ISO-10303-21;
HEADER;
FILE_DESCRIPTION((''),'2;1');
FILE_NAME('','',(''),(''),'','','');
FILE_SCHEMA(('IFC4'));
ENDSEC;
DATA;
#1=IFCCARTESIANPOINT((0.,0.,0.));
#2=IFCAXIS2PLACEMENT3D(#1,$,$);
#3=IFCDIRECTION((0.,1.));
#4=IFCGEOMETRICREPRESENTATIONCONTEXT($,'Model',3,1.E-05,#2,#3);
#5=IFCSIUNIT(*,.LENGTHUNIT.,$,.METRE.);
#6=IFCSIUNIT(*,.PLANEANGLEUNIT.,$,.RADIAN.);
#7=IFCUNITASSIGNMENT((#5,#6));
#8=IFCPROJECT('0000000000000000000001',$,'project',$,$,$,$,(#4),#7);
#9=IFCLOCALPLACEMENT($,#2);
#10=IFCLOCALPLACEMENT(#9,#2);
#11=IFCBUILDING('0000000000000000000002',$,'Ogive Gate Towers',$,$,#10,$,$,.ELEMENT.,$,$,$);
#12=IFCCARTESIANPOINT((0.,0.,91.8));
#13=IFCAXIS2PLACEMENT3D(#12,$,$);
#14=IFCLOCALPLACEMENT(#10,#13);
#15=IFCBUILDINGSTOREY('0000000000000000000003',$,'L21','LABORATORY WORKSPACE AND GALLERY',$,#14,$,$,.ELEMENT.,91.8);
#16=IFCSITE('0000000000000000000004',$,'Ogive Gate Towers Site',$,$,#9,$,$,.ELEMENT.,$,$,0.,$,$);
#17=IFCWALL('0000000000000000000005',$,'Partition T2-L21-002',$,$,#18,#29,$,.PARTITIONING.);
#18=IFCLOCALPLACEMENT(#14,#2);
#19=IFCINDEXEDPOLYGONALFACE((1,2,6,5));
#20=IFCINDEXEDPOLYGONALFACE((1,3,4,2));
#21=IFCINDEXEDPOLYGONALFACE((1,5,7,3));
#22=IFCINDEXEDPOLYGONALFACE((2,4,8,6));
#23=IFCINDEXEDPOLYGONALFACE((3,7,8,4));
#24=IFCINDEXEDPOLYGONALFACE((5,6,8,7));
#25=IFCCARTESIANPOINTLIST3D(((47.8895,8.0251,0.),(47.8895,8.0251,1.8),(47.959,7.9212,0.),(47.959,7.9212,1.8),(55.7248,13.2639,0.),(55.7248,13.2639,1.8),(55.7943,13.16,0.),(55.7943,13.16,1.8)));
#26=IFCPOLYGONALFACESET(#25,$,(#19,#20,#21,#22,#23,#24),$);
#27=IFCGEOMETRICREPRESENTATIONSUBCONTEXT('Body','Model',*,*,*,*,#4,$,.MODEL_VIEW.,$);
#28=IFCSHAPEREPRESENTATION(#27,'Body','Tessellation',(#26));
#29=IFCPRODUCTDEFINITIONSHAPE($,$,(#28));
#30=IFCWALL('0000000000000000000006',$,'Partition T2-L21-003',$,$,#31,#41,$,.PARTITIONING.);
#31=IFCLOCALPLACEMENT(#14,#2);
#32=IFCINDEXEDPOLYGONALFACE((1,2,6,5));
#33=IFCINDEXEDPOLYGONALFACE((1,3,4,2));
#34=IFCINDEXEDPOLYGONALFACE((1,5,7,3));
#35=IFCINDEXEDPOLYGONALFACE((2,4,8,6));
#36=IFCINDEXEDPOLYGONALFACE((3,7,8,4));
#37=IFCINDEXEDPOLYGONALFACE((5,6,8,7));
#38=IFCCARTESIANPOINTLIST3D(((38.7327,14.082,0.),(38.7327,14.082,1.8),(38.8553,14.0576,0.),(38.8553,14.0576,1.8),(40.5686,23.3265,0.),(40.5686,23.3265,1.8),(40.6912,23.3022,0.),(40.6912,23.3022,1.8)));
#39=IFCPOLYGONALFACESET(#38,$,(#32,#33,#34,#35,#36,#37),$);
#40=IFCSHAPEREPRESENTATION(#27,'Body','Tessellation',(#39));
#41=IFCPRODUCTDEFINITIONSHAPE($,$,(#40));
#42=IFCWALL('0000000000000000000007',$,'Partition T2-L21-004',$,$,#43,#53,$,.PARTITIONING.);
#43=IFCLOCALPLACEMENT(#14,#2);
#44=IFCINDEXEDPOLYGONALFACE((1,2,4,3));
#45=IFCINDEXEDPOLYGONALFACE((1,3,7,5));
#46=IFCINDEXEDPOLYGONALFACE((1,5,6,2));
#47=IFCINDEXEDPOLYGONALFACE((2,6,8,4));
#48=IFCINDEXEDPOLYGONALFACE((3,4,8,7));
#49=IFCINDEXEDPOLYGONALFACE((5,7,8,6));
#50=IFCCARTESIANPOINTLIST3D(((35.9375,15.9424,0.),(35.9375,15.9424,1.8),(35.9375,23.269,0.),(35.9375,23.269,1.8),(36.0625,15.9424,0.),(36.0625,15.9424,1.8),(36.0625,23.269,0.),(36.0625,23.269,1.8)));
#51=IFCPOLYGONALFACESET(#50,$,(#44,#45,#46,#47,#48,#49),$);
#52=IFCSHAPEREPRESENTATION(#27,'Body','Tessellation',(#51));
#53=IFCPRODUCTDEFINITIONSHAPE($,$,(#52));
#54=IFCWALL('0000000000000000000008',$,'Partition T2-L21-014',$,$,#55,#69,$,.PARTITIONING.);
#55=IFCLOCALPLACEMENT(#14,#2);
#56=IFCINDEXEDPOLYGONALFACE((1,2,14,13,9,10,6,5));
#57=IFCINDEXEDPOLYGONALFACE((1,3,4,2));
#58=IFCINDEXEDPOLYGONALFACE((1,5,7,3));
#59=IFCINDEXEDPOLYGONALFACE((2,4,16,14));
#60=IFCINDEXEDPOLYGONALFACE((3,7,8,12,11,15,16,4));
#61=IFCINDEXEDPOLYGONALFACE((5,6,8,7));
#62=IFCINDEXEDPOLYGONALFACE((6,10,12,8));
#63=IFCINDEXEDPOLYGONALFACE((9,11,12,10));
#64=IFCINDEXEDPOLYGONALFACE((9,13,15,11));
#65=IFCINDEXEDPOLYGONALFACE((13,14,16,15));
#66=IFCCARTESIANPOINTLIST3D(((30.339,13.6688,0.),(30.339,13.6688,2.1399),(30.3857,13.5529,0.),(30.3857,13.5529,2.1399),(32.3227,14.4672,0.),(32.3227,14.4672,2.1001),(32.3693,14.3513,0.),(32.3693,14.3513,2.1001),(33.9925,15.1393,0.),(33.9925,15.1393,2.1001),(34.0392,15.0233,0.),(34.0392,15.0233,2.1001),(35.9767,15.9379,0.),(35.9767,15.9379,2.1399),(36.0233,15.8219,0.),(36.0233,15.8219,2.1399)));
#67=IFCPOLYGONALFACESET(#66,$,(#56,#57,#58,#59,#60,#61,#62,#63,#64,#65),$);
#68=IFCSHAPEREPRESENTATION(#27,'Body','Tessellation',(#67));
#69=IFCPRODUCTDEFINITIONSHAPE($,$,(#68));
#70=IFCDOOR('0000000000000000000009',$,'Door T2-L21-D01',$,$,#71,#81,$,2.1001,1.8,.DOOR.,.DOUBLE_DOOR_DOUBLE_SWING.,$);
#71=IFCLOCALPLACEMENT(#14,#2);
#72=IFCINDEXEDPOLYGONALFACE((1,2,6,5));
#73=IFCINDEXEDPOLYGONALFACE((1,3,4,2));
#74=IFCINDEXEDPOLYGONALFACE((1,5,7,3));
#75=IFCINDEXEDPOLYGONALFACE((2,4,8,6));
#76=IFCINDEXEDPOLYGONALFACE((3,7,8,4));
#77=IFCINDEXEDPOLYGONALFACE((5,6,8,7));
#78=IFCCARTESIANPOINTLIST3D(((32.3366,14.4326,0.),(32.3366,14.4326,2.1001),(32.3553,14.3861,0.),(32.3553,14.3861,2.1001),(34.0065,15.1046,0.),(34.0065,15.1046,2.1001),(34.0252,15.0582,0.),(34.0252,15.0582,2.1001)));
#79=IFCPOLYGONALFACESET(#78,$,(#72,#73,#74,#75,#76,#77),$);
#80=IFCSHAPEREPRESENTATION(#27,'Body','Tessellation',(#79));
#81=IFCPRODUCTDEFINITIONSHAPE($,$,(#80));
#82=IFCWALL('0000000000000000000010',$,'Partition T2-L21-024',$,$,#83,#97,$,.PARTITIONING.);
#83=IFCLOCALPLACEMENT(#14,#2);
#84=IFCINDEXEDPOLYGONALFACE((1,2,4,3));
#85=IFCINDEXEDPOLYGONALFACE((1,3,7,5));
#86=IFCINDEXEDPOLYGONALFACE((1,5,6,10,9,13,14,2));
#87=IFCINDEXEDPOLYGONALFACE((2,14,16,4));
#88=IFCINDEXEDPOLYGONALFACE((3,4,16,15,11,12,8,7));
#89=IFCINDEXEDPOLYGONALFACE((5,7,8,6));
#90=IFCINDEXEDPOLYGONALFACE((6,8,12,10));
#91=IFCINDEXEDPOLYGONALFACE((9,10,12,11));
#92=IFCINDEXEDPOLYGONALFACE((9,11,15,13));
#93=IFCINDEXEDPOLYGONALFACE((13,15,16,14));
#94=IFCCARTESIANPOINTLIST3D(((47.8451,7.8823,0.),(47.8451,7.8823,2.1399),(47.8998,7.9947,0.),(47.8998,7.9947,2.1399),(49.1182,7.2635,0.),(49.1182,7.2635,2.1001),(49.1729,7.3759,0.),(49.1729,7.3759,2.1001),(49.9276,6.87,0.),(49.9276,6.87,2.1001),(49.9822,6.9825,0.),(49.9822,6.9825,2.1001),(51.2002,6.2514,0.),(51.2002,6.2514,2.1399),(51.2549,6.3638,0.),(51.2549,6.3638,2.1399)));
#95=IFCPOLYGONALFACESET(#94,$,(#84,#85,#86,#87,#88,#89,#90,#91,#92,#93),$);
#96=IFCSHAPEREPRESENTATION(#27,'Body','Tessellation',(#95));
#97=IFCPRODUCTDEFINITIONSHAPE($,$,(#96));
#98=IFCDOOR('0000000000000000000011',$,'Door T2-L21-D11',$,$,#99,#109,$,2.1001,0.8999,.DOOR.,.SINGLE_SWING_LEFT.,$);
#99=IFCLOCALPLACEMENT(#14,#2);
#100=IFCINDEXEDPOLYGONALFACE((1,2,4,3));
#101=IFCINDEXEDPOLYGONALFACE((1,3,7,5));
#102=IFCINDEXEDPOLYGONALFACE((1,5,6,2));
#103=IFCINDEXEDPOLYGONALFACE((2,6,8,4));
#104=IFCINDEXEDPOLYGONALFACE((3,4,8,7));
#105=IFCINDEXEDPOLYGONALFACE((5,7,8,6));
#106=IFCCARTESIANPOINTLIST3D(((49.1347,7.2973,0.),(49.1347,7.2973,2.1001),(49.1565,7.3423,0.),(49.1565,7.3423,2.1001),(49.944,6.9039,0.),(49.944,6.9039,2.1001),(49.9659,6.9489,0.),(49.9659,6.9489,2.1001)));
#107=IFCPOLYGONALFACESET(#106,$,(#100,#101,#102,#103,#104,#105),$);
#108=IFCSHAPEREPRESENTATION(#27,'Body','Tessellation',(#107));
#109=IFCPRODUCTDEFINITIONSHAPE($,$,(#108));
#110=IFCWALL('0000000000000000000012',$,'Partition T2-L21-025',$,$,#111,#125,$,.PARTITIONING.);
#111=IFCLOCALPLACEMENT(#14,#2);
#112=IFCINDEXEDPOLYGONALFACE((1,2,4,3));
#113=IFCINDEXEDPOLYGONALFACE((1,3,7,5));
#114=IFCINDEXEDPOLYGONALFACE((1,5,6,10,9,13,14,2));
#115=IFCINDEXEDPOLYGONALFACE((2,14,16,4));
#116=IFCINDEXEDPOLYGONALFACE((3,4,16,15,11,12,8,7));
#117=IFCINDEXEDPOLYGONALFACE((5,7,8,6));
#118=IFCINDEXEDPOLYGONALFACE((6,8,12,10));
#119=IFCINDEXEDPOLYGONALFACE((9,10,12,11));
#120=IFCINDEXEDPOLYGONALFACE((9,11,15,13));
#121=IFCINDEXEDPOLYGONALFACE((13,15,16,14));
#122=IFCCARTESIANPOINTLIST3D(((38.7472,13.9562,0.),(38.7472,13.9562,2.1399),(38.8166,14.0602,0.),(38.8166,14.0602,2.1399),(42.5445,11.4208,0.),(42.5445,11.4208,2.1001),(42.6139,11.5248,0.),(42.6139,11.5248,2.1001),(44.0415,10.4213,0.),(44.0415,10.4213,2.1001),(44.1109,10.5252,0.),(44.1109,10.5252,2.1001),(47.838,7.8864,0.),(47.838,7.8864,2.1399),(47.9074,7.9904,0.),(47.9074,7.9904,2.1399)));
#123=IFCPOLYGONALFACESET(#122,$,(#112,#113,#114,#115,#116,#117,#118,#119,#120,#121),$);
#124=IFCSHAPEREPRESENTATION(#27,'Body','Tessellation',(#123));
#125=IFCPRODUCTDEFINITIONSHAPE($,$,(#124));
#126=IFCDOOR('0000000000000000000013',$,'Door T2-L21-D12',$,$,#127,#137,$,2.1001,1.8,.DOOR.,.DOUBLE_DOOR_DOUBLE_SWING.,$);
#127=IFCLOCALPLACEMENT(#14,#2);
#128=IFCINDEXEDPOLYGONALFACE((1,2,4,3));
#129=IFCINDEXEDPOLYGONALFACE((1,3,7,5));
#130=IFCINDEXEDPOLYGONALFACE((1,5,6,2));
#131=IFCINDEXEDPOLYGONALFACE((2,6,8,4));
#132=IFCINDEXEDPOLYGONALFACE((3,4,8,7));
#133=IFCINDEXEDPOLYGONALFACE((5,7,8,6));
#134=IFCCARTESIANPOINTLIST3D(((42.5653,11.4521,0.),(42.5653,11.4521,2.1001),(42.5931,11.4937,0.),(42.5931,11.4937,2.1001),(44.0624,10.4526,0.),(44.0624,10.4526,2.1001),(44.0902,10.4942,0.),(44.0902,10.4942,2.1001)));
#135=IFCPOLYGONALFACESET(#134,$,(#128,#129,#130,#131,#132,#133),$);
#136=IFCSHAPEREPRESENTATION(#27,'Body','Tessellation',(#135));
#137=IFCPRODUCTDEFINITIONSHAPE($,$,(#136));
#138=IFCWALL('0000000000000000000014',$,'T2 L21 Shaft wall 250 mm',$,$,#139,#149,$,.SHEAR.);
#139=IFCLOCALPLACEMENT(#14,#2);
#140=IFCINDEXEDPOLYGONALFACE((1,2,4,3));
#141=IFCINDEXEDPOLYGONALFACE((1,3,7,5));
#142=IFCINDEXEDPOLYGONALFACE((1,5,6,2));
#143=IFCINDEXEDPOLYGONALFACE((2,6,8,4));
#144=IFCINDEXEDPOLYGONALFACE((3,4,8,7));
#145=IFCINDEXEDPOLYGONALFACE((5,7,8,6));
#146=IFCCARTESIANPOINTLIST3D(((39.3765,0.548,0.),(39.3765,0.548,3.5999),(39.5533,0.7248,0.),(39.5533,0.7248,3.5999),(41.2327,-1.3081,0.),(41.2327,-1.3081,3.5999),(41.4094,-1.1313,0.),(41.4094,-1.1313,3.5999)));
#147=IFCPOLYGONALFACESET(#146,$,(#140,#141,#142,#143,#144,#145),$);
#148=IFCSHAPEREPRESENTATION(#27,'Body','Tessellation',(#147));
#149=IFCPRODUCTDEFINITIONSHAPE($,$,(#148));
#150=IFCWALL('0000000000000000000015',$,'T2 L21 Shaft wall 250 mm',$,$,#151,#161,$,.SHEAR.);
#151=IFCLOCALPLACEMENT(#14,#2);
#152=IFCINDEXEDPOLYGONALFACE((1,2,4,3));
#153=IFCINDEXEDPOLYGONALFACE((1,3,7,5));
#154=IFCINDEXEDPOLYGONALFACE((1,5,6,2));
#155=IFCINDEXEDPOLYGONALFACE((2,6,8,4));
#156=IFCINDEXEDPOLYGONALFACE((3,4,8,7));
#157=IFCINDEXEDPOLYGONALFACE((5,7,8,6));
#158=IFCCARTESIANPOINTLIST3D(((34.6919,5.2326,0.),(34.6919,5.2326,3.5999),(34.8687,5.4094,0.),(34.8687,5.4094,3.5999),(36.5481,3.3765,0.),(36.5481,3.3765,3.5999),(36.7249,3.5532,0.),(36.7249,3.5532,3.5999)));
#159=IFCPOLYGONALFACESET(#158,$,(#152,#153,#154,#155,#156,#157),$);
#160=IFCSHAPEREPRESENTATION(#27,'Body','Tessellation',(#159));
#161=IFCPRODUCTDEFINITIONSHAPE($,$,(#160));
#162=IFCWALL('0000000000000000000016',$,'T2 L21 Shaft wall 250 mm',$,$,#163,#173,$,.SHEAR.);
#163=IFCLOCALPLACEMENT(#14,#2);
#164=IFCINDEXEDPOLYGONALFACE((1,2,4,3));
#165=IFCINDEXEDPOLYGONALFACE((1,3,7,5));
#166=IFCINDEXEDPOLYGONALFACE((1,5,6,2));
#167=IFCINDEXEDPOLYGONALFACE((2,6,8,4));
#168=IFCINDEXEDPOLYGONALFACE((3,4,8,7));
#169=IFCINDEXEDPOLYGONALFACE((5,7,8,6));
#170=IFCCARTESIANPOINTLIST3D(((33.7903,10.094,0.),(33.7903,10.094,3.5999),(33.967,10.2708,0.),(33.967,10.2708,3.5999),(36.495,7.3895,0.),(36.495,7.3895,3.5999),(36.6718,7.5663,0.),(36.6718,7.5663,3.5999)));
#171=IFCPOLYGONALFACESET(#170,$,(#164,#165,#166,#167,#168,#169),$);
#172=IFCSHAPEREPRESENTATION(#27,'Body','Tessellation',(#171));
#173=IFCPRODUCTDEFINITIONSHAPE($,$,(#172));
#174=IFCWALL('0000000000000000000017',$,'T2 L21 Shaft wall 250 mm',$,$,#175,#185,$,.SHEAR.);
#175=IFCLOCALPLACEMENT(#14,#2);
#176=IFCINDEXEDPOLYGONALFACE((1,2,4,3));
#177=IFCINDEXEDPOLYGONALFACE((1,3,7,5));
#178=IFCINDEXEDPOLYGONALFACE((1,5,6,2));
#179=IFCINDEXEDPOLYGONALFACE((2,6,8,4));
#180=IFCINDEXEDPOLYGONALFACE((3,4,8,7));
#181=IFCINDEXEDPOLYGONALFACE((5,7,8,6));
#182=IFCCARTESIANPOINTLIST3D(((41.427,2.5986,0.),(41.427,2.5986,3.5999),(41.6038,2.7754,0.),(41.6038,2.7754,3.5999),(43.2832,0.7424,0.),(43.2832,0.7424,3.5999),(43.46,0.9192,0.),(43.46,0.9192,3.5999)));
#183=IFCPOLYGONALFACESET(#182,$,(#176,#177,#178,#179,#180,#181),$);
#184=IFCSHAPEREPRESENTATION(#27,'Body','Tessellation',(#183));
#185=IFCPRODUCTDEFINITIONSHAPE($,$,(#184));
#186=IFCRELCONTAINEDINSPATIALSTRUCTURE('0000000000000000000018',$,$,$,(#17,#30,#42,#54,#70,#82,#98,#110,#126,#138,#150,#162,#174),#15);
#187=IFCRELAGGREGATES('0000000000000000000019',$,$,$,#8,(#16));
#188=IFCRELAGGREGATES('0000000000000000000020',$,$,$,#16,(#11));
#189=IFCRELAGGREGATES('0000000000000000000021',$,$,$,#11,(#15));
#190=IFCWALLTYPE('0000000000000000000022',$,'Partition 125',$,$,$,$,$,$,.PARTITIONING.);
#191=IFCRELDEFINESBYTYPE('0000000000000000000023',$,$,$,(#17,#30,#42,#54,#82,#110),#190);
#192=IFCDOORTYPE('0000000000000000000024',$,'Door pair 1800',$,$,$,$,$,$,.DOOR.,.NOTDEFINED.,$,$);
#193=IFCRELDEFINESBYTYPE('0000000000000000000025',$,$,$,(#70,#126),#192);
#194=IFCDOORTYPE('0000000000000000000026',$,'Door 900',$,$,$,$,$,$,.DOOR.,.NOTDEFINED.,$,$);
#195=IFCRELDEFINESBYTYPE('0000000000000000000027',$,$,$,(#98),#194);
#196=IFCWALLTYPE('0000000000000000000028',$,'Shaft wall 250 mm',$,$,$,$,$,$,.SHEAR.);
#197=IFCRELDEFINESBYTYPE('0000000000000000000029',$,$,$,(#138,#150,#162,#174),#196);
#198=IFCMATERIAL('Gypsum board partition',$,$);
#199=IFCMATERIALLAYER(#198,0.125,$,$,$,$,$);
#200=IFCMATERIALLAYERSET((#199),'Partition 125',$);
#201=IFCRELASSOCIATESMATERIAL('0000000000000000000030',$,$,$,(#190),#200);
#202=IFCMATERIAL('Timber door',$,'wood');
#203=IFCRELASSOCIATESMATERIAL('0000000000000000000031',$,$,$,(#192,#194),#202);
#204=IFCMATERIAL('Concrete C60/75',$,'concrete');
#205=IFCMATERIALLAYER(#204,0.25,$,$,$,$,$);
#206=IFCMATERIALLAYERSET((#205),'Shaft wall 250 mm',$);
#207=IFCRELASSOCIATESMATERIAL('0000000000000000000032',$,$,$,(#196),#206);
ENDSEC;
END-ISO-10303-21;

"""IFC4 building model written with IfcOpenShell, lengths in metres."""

from ifc_helpers import new_model, si_unit, direction, frame, frame_2d, origin, place, context, subcontext, project, spatial, rectangle, extrude, material, layer, layer_set, type_object, element, fill, save


model = new_model("IFC4")

# Units and contexts
model_context = context("Model", 3, precision=1e-05, world=origin(), true_north=direction((0.0, 1.0)))
body_context = subcontext(model_context, "Body", "Model", "MODEL_VIEW")
ifc_project = project(units=[si_unit("LENGTHUNIT", "METRE"), si_unit("PLANEANGLEUNIT", "RADIAN")], contexts=[model_context])

# Site, building, storey
site_placement = place(None, origin())
site = spatial("IfcSite", under=ifc_project, at=site_placement, Name="Ogive Gate Towers Site", CompositionType="ELEMENT", RefElevation=0.0)
building_placement = place(site_placement, origin())
building = spatial("IfcBuilding", under=site, at=building_placement, Name="Ogive Gate Towers", CompositionType="ELEMENT")
storey_placement = place(building_placement, frame((0.0, 0.0, 91.8)))
storey = spatial("IfcBuildingStorey", under=building, at=storey_placement, Name="L21", Description="LABORATORY WORKSPACE AND GALLERY", CompositionType="ELEMENT", Elevation=91.8)

# Shared definitions
ifc_material_1 = material(Name="Concrete C60/75", Category="concrete")

# Walls
ifc_material_2 = material(Name="Gypsum board partition")
ifc_layer_1 = layer(ifc_material_2, 0.125)
ifc_layer_set_1 = layer_set([ifc_layer_1], Name="Partition 125")
wall_type_1 = type_object("IfcWallType", Name="Partition 125", PredefinedType="PARTITIONING", material=ifc_layer_set_1)
wall_1_placement = place(storey_placement, frame((55.7595, 13.2119, 0.0), z_axis=(0.0, 0.0, 1.0), x_axis=(-0.8313, -0.555823, 0.0)))
element("IfcWall", 1, at=wall_1_placement, inside=storey, type_object=wall_type_1, Name="Partition T2-L21-002", PredefinedType="PARTITIONING", context=body_context, shape_type="SweptSolid", body=[
    extrude(rectangle(XDim=9.4253, YDim=0.125, at=frame_2d((4.7126, 0.0))), origin(), (0.0, 0.0, 1.0), 1.8),
])
wall_2_placement = place(storey_placement, frame((40.6299, 23.3142, 0.0), z_axis=(0.0, 0.0, 1.0), x_axis=(-0.194791, -0.980845, 0.0)))
element("IfcWall", 2, at=wall_2_placement, inside=storey, type_object=wall_type_1, Name="Partition T2-L21-003", PredefinedType="PARTITIONING", context=body_context, shape_type="SweptSolid", body=[
    extrude(rectangle(XDim=9.425, YDim=0.125, at=frame_2d((4.7124, 0.0))), origin(), (0.0, 0.0, 1.0), 1.8),
])
wall_3_placement = place(storey_placement, frame((36.0, 23.269, 0.0), z_axis=(0.0, 0.0, 1.0), x_axis=(0.0, -1.0, 0.0)))
element("IfcWall", 3, at=wall_3_placement, inside=storey, type_object=wall_type_1, Name="Partition T2-L21-004", PredefinedType="PARTITIONING", context=body_context, shape_type="SweptSolid", body=[
    extrude(rectangle(XDim=7.3267, YDim=0.125, at=frame_2d((3.6633, 0.0))), origin(), (0.0, 0.0, 1.0), 1.8),
])

# Walls, openings, doors
wall_4_placement = place(storey_placement, frame((36.0, 15.8799, 0.0), z_axis=(0.0, 0.0, 1.0), x_axis=(-0.927682, -0.373371, 0.0)))
wall_4 = element("IfcWall", 4, at=wall_4_placement, inside=storey, type_object=wall_type_1, Name="Partition T2-L21-014", PredefinedType="PARTITIONING", context=body_context, shape_type="SweptSolid", body=[
    extrude(rectangle(XDim=6.0771, YDim=0.125, at=frame_2d((3.0386, 0.0))), origin(), (0.0, 0.0, 1.0), 2.1399),
])
opening_1_placement = place(wall_4_placement, frame((2.1389, 0.0, 0.0)))
opening_1 = element("IfcOpeningElement", 5, at=opening_1_placement, cuts=wall_4, PredefinedType="OPENING", context=body_context, shape_type="SweptSolid", body=[
    extrude(rectangle(XDim=1.8, YDim=2.1001, at=frame_2d((0.8999, 1.05))), frame((0.0, 0.0725, 0.0), z_axis=(0.0, -1.0, 0.0), x_axis=(1.0, 0.0, 0.0)), (0.0, 0.0, 1.0), 0.145),
])
ifc_material_3 = material(Name="Timber door", Category="wood")
door_type_1 = type_object("IfcDoorType", Name="Door pair 1800", OperationType="NOTDEFINED", PredefinedType="DOOR", material=ifc_material_3)
door_1_placement = place(opening_1_placement, origin())
door_1 = element("IfcDoor", 6, at=door_1_placement, inside=storey, type_object=door_type_1, Name="Door T2-L21-D01", OperationType="DOUBLE_DOOR_DOUBLE_SWING", OverallHeight=2.1001, OverallWidth=1.8, PredefinedType="DOOR", context=body_context, shape_type="SweptSolid", body=[
    extrude(rectangle(XDim=1.8, YDim=2.1001, at=frame_2d((0.8999, 1.05))), frame((0.0, 0.0249, 0.0), z_axis=(0.0, -1.0, 0.0), x_axis=(1.0, 0.0, 0.0)), (0.0, 0.0, 1.0), 0.05),
])
fill(opening_1, door_1)
wall_5_placement = place(storey_placement, frame((51.2275, 6.3076, 0.0), z_axis=(0.0, 0.0, 1.0), x_axis=(-0.899371, 0.437185, 0.0)))
wall_5 = element("IfcWall", 7, at=wall_5_placement, inside=storey, type_object=wall_type_1, Name="Partition T2-L21-024", PredefinedType="PARTITIONING", context=body_context, shape_type="SweptSolid", body=[
    extrude(rectangle(XDim=3.7305, YDim=0.125, at=frame_2d((1.8652, 0.0))), origin(), (0.0, 0.0, 1.0), 2.1399),
])
opening_2_placement = place(wall_5_placement, frame((1.415, 0.0, 0.0)))
opening_2 = element("IfcOpeningElement", 8, at=opening_2_placement, cuts=wall_5, PredefinedType="OPENING", context=body_context, shape_type="SweptSolid", body=[
    extrude(rectangle(XDim=0.8999, YDim=2.1001, at=frame_2d((0.45, 1.05))), frame((0.0, 0.0725, 0.0), z_axis=(0.0, -1.0, 0.0), x_axis=(1.0, 0.0, 0.0)), (0.0, 0.0, 1.0), 0.145),
])
door_type_2 = type_object("IfcDoorType", Name="Door 900", OperationType="NOTDEFINED", PredefinedType="DOOR", material=ifc_material_3)
door_2_placement = place(opening_2_placement, origin())
door_2 = element("IfcDoor", 9, at=door_2_placement, inside=storey, type_object=door_type_2, Name="Door T2-L21-D11", OperationType="SINGLE_SWING_LEFT", OverallHeight=2.1001, OverallWidth=0.8999, PredefinedType="DOOR", context=body_context, shape_type="SweptSolid", body=[
    extrude(rectangle(XDim=0.8999, YDim=2.1001, at=frame_2d((0.45, 1.05))), frame((0.0, 0.0249, 0.0), z_axis=(0.0, -1.0, 0.0), x_axis=(1.0, 0.0, 0.0)), (0.0, 0.0, 1.0), 0.05),
])
fill(opening_2, door_2)
wall_6_placement = place(storey_placement, frame((47.8726, 7.9385, 0.0), z_axis=(0.0, 0.0, 1.0), x_axis=(-0.831658, 0.555288, 0.0)))
wall_6 = element("IfcWall", 10, at=wall_6_placement, inside=storey, type_object=wall_type_1, Name="Partition T2-L21-025", PredefinedType="PARTITIONING", context=body_context, shape_type="SweptSolid", body=[
    extrude(rectangle(XDim=10.9309, YDim=0.125, at=frame_2d((5.4653, 0.0))), origin(), (0.0, 0.0, 1.0), 2.1399),
])
opening_3_placement = place(wall_6_placement, frame((4.5649, 0.0, 0.0)))
opening_3 = element("IfcOpeningElement", 11, at=opening_3_placement, cuts=wall_6, PredefinedType="OPENING", context=body_context, shape_type="SweptSolid", body=[
    extrude(rectangle(XDim=1.8, YDim=2.1001, at=frame_2d((0.8999, 1.05))), frame((0.0, 0.0725, 0.0), z_axis=(0.0, -1.0, 0.0), x_axis=(1.0, 0.0, 0.0)), (0.0, 0.0, 1.0), 0.145),
])
door_3_placement = place(opening_3_placement, origin())
door_3 = element("IfcDoor", 12, at=door_3_placement, inside=storey, type_object=door_type_1, Name="Door T2-L21-D12", OperationType="DOUBLE_DOOR_DOUBLE_SWING", OverallHeight=2.1001, OverallWidth=1.8, PredefinedType="DOOR", context=body_context, shape_type="SweptSolid", body=[
    extrude(rectangle(XDim=1.8, YDim=2.1001, at=frame_2d((0.8999, 1.05))), frame((0.0, 0.0249, 0.0), z_axis=(0.0, -1.0, 0.0), x_axis=(1.0, 0.0, 0.0)), (0.0, 0.0, 1.0), 0.05),
])
fill(opening_3, door_3)

# Walls
ifc_layer_2 = layer(ifc_material_1, 0.25)
ifc_layer_set_2 = layer_set([ifc_layer_2], Name="Shaft wall 250 mm")
wall_type_2 = type_object("IfcWallType", Name="Shaft wall 250 mm", PredefinedType="SHEAR", material=ifc_layer_set_2)
for number, where, z_axis, x_axis, name in (
    (13, (41.321, -1.2197, 0.0), (0.0, 0.0, 1.0), (-0.707107, 0.707107, 0.0), "T2 L21 Shaft wall 250 mm"),
    (14, (36.6365, 3.4648, 0.0), (0.0, 0.0, 1.0), (-0.707107, 0.707107, 0.0), "T2 L21 Shaft wall 250 mm"),
):
    element("IfcWall", number, at=place(storey_placement, frame(where, z_axis=z_axis, x_axis=x_axis)), inside=storey, type_object=wall_type_2, Name=name, PredefinedType="SHEAR", context=body_context, shape_type="SweptSolid", body=[
        extrude(rectangle(XDim=2.625, YDim=0.25, at=frame_2d((1.3125, 0.0))), origin(), (0.0, 0.0, 1.0), 3.5999),
    ])
wall_7_placement = place(storey_placement, frame((36.5835, 7.4778, 0.0), z_axis=(0.0, 0.0, 1.0), x_axis=(-0.707139, 0.707075, 0.0)))
element("IfcWall", 15, at=wall_7_placement, inside=storey, type_object=wall_type_2, Name="T2 L21 Shaft wall 250 mm", PredefinedType="SHEAR", context=body_context, shape_type="SweptSolid", body=[
    extrude(rectangle(XDim=3.825, YDim=0.25, at=frame_2d((1.9126, 0.0))), origin(), (0.0, 0.0, 1.0), 3.5999),
])
wall_8_placement = place(storey_placement, frame((43.3716, 0.8308, 0.0), z_axis=(0.0, 0.0, 1.0), x_axis=(-0.707107, 0.707107, 0.0)))
element("IfcWall", 16, at=wall_8_placement, inside=storey, type_object=wall_type_2, Name="T2 L21 Shaft wall 250 mm", PredefinedType="SHEAR", context=body_context, shape_type="SweptSolid", body=[
    extrude(rectangle(XDim=2.625, YDim=0.25, at=frame_2d((1.3125, 0.0))), origin(), (0.0, 0.0, 1.0), 3.5999),
])

save(model, "model.ifc")
